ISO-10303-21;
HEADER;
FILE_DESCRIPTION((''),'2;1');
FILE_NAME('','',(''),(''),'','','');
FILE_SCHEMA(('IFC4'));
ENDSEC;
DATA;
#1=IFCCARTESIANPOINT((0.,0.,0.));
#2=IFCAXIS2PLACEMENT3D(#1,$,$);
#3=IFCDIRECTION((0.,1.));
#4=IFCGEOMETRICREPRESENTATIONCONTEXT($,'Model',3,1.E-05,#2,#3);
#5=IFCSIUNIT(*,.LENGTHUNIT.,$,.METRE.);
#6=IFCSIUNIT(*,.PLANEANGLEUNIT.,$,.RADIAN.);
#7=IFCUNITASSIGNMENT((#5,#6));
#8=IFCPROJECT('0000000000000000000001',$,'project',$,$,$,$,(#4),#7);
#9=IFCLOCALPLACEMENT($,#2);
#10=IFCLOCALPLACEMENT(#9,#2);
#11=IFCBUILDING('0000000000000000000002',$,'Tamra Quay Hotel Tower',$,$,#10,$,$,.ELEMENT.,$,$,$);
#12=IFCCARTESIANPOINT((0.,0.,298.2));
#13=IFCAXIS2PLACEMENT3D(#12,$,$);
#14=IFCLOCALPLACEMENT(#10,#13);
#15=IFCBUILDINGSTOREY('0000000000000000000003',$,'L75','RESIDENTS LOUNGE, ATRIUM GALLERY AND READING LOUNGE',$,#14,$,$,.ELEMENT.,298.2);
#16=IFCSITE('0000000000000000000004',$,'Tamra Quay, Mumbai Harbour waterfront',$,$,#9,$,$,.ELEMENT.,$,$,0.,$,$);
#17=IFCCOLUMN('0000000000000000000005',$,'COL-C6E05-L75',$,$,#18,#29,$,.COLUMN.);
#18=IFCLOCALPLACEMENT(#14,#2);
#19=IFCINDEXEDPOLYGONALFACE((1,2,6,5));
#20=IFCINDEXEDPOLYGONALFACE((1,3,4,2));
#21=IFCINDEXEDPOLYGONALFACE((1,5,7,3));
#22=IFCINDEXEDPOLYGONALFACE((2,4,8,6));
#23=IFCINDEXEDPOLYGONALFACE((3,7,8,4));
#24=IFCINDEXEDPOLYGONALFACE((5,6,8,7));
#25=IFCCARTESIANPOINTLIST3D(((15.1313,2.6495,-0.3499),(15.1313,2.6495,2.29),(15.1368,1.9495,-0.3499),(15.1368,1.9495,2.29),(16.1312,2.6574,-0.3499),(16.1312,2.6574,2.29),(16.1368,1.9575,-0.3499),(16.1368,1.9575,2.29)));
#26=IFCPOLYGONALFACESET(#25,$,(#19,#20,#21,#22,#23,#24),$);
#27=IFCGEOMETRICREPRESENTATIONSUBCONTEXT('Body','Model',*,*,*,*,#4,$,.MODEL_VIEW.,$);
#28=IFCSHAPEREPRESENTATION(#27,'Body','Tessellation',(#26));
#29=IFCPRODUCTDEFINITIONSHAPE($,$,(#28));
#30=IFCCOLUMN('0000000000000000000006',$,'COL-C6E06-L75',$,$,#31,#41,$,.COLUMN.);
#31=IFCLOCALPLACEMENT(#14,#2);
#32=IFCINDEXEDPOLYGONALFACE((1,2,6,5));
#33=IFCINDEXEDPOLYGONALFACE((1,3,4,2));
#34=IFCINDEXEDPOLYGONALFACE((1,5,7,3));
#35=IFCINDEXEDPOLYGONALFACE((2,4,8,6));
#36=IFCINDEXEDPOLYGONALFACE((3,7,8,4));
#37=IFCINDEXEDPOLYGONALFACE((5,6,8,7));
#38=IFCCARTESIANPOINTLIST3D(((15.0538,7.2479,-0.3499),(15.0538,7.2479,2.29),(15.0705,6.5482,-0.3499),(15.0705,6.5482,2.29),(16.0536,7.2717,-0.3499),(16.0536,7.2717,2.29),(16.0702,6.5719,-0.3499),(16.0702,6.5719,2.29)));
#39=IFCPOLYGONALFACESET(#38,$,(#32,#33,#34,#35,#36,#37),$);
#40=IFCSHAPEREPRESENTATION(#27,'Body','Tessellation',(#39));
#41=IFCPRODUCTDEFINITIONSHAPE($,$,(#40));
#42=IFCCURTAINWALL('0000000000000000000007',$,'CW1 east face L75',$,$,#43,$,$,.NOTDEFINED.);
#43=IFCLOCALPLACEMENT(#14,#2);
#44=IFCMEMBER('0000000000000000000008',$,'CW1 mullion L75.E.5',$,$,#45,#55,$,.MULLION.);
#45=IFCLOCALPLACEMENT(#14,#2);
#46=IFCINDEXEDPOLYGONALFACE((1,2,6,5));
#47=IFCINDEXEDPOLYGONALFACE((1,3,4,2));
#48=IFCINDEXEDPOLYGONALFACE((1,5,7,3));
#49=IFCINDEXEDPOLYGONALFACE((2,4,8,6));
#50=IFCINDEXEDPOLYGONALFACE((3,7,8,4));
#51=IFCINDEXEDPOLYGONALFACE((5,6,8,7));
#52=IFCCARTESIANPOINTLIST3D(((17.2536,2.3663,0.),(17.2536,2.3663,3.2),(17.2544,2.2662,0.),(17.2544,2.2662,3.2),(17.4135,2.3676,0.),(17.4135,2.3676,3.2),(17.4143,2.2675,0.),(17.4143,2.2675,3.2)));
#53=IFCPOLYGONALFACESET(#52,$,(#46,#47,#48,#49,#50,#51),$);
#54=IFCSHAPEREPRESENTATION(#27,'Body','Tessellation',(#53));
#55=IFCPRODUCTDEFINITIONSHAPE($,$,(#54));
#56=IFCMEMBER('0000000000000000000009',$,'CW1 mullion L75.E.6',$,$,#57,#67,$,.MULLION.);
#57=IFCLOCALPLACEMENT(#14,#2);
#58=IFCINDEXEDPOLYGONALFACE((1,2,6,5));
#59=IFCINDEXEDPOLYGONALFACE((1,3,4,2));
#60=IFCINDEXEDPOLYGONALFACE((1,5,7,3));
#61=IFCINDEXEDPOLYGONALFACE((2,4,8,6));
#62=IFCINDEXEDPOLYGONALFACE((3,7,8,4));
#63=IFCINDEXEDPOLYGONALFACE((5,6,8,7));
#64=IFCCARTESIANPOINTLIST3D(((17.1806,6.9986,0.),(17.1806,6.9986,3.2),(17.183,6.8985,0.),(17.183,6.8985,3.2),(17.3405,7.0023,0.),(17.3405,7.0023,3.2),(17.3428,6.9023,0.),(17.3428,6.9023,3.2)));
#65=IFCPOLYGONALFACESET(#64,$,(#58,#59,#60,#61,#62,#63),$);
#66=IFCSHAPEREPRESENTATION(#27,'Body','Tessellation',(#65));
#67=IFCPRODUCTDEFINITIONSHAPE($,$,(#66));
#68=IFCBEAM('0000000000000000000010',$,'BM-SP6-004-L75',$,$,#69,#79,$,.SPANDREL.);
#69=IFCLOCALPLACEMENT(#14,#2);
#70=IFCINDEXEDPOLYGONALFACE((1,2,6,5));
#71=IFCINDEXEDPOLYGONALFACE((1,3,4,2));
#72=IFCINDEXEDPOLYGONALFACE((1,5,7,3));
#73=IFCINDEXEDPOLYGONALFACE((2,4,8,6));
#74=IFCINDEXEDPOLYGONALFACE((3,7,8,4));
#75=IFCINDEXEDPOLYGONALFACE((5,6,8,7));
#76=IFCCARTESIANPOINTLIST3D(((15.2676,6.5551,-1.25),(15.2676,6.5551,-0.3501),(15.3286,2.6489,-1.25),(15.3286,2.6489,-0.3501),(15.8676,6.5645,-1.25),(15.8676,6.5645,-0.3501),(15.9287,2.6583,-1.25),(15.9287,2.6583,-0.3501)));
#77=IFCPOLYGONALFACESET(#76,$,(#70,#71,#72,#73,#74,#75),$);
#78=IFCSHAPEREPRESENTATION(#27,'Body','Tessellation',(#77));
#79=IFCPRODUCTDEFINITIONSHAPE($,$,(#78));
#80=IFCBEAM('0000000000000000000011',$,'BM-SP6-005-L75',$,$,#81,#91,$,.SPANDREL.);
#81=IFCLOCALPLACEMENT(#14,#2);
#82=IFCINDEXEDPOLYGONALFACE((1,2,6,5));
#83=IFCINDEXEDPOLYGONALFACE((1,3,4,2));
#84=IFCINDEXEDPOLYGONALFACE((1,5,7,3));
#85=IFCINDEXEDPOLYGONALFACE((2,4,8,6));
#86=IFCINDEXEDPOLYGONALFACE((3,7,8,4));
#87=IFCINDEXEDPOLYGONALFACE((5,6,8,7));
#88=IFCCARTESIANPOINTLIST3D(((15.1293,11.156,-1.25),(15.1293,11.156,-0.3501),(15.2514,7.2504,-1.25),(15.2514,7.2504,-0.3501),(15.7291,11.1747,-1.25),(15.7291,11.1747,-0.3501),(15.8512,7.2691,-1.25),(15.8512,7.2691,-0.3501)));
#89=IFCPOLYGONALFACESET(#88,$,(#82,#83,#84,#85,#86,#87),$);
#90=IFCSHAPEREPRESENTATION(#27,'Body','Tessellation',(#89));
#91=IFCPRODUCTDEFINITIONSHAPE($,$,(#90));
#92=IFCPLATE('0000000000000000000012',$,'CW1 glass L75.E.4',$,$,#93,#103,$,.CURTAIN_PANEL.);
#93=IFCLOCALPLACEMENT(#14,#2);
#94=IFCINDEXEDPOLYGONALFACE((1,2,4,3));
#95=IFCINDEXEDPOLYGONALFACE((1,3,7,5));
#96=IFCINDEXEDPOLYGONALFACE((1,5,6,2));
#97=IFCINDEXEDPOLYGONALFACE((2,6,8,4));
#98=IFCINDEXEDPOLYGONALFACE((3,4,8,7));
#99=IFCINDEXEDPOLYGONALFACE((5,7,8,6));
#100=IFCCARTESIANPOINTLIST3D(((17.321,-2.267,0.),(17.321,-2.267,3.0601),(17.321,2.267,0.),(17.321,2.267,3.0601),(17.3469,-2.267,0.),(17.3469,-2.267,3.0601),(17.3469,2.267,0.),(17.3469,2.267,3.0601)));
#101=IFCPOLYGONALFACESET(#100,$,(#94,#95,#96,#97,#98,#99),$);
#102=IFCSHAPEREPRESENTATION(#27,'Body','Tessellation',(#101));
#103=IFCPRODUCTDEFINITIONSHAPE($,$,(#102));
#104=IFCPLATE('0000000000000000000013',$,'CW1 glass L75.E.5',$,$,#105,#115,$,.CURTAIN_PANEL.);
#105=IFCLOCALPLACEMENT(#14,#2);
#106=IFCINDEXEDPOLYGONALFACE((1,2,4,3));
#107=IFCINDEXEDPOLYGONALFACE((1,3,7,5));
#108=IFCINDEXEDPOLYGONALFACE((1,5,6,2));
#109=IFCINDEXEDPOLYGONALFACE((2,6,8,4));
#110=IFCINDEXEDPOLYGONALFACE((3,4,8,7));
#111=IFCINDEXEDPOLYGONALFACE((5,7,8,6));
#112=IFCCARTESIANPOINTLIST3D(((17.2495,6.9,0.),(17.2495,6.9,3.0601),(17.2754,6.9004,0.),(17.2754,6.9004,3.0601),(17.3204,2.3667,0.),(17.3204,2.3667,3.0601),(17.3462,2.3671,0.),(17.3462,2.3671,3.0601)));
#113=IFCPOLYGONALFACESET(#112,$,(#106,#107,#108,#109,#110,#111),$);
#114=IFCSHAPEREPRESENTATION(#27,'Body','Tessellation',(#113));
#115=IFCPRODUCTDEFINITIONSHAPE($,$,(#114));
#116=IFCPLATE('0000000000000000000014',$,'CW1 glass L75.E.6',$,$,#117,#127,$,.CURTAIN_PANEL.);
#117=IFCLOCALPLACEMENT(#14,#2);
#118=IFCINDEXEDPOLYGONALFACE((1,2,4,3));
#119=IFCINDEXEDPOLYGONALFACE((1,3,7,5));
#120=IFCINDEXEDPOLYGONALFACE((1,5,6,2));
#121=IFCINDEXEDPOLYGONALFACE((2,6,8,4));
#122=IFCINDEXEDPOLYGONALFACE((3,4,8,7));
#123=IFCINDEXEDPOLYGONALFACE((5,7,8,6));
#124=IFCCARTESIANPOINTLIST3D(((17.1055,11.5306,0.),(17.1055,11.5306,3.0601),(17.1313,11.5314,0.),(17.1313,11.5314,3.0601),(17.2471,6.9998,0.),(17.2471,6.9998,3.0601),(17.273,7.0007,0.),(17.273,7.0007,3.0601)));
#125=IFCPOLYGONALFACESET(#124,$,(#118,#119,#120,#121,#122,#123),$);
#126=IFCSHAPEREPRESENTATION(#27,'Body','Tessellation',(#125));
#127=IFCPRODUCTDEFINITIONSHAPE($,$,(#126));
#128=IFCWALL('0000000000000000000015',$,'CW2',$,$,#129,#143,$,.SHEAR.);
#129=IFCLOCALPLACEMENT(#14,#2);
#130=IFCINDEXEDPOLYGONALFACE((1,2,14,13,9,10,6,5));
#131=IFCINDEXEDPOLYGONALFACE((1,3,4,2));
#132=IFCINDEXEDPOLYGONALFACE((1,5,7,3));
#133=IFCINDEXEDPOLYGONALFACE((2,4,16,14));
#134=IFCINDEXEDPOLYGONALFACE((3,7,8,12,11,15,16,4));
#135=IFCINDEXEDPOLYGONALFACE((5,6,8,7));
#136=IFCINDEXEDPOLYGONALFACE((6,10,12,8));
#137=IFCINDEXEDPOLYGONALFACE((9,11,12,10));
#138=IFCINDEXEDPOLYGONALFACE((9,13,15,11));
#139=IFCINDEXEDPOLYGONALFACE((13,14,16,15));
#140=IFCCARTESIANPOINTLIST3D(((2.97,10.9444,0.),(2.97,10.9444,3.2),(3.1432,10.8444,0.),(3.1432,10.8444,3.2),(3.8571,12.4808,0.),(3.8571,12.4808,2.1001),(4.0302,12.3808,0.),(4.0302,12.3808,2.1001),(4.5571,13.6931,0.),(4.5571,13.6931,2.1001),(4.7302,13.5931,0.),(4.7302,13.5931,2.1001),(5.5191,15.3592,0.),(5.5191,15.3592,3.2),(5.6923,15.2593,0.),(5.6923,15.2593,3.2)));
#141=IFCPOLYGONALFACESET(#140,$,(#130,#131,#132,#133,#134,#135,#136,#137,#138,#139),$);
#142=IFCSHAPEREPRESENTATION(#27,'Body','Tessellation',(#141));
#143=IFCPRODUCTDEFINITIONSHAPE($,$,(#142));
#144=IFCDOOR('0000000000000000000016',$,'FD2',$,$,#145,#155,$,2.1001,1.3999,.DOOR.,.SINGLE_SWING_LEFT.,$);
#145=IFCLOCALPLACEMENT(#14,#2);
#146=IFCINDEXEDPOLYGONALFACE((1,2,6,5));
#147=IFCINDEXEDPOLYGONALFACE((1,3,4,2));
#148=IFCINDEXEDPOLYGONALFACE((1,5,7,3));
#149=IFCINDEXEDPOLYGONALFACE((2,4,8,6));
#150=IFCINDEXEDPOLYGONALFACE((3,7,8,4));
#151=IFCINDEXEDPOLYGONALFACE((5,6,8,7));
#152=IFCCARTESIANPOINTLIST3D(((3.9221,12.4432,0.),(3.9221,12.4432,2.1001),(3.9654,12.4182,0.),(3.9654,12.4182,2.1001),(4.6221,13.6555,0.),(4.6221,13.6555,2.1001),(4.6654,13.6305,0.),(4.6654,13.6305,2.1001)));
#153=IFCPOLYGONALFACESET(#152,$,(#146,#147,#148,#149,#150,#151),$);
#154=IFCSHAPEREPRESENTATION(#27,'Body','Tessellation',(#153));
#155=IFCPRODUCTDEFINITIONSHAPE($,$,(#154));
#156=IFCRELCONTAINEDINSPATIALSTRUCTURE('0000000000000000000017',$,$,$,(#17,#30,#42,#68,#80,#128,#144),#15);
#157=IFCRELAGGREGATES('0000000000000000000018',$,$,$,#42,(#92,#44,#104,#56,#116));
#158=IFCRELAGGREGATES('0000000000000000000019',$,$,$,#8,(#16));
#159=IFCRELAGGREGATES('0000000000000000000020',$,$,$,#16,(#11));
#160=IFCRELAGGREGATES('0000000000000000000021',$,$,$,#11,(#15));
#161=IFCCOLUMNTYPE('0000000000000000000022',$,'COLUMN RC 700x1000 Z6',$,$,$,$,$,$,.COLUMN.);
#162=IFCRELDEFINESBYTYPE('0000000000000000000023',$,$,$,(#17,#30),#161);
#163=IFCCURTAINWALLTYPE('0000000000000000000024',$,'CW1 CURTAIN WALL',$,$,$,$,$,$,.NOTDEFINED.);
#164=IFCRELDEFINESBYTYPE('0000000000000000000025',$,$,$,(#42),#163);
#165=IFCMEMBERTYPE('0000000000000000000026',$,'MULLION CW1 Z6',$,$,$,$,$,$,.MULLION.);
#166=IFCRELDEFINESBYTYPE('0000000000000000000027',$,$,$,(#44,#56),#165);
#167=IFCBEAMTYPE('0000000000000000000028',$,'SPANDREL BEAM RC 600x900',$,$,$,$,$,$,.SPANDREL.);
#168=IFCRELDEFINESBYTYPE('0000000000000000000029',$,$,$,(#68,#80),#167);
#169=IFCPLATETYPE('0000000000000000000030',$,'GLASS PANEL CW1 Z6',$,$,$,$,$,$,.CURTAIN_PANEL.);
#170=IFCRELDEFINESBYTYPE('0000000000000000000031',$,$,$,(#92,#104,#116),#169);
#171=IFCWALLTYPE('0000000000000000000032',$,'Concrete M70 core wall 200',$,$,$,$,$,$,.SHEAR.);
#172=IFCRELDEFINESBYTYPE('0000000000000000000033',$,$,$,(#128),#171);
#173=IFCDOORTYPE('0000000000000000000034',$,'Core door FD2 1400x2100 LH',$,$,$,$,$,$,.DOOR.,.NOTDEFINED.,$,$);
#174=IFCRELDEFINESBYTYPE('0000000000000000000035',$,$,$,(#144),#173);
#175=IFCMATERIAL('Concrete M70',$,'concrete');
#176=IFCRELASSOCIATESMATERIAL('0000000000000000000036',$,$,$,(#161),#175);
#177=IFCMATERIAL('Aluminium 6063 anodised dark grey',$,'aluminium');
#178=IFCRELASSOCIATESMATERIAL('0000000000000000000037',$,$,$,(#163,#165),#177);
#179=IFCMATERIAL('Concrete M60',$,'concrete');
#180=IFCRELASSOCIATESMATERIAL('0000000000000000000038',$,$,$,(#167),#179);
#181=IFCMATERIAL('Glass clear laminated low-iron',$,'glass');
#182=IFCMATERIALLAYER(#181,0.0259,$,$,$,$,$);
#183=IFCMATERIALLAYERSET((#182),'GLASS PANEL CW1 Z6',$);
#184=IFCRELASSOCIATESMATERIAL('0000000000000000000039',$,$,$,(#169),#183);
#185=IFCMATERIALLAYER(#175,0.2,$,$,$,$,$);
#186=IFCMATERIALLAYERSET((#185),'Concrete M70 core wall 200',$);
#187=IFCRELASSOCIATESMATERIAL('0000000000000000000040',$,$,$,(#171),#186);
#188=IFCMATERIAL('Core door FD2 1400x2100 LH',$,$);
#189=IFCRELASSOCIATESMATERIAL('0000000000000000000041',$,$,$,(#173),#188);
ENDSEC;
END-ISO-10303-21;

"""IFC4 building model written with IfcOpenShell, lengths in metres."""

from ifc_helpers import new_model, si_unit, direction, frame, frame_2d, origin, origin_2d, place, context, subcontext, project, spatial, rectangle, extrude, material, layer, layer_set, material_profile, profile_set, type_object, element, fill, aggregate, save


model = new_model("IFC4")

# Units and contexts
model_context = context("Model", 3, precision=1e-05, world=origin(), true_north=direction((0.0, 1.0)))
body_context = subcontext(model_context, "Body", "Model", "MODEL_VIEW")
ifc_project = project(units=[si_unit("LENGTHUNIT", "METRE"), si_unit("PLANEANGLEUNIT", "RADIAN")], contexts=[model_context])

# Site, building, storey
site_placement = place(None, origin())
site = spatial("IfcSite", under=ifc_project, at=site_placement, Name="Tamra Quay, Mumbai Harbour waterfront", CompositionType="ELEMENT", RefElevation=0.0)
building_placement = place(site_placement, origin())
building = spatial("IfcBuilding", under=site, at=building_placement, Name="Tamra Quay Hotel Tower", CompositionType="ELEMENT")
storey_placement = place(building_placement, frame((0.0, 0.0, 298.2)))
storey = spatial("IfcBuildingStorey", under=building, at=storey_placement, Name="L75", Description="RESIDENTS LOUNGE, ATRIUM GALLERY AND READING LOUNGE", CompositionType="ELEMENT", Elevation=298.2)

# Columns
ifc_material_1 = material(Name="Concrete M70", Category="concrete")
ifc_material_profile_1 = material_profile(ifc_material_1, rectangle(XDim=1.0, YDim=0.7, at=origin_2d()), Name="COLUMN RC 700x1000 Z6")
ifc_profile_set_1 = profile_set([ifc_material_profile_1], Name="Concrete M70")
column_type = type_object("IfcColumnType", Name="COLUMN RC 700x1000 Z6", PredefinedType="COLUMN", material=ifc_profile_set_1)
for number, where, z_axis, x_axis, name in (
    (1, (15.634, 2.3035, -0.3499), (0.0, 0.0, 1.0), (0.999969, 0.00792, 0.0), "COL-C6E05-L75"),
    (2, (15.562, 6.9099, -0.3499), (0.0, 0.0, 1.0), (0.999718, 0.023753, 0.0), "COL-C6E06-L75"),
):
    element("IfcColumn", number, at=place(storey_placement, frame(where, z_axis=z_axis, x_axis=x_axis)), inside=storey, type_object=column_type, Name=name, PredefinedType="COLUMN", context=body_context, shape_type="SweptSolid", body=[
        extrude(rectangle(XDim=1.0, YDim=0.7, at=origin_2d()), origin(), (0.0, 0.0, 1.0), 2.6399),
    ])

# Curtain wall, members
ifc_material_2 = material(Name="Aluminium 6063 anodised dark grey", Category="aluminium")
curtain_wall_type = type_object("IfcCurtainWallType", Name="CW1 CURTAIN WALL", PredefinedType="NOTDEFINED", material=ifc_material_2)
curtain_wall_placement = place(storey_placement, origin())
curtain_wall = element("IfcCurtainWall", 3, at=curtain_wall_placement, inside=storey, type_object=curtain_wall_type, Name="CW1 east face L75", PredefinedType="NOTDEFINED")
ifc_material_profile_2 = material_profile(ifc_material_2, rectangle(XDim=0.1599, YDim=0.1001, at=origin_2d()), Name="MULLION 100X160")
ifc_profile_set_2 = profile_set([ifc_material_profile_2], Name="Aluminium 6063 anodised dark grey")
member_type = type_object("IfcMemberType", Name="MULLION CW1 Z6", PredefinedType="MULLION", material=ifc_profile_set_2)
member_1_placement = place(storey_placement, frame((17.334, 2.3169, 0.0), z_axis=(0.0, 0.0, 1.0), x_axis=(0.999969, 0.007816, 0.0)))
member_1 = element("IfcMember", 4, at=member_1_placement, type_object=member_type, Name="CW1 mullion L75.E.5", PredefinedType="MULLION", context=body_context, shape_type="SweptSolid", body=[
    extrude(rectangle(XDim=0.1599, YDim=0.1001, at=origin_2d()), origin(), (0.0, 0.0, 1.0), 3.2),
])
member_2_placement = place(storey_placement, frame((17.2617, 6.9504, 0.0), z_axis=(0.0, 0.0, 1.0), x_axis=(0.999725, 0.023438, 0.0)))
member_2 = element("IfcMember", 5, at=member_2_placement, type_object=member_type, Name="CW1 mullion L75.E.6", PredefinedType="MULLION", context=body_context, shape_type="SweptSolid", body=[
    extrude(rectangle(XDim=0.1599, YDim=0.1001, at=origin_2d()), origin(), (0.0, 0.0, 1.0), 3.2),
])

# Beams
ifc_material_3 = material(Name="Concrete M60", Category="concrete")
ifc_material_profile_3 = material_profile(ifc_material_3, rectangle(XDim=0.6001, YDim=0.8999, at=origin_2d()), Name="SPANDREL BEAM RC 600x900")
ifc_profile_set_3 = profile_set([ifc_material_profile_3], Name="Concrete M60")
beam_type = type_object("IfcBeamType", Name="SPANDREL BEAM RC 600x900", PredefinedType="SPANDREL", material=ifc_profile_set_3)
beam_1_placement = place(storey_placement, frame((15.6287, 2.6536, -0.8), z_axis=(-0.015623, 0.999878, 0.0), x_axis=(-0.999878, -0.015623, 0.0)))
element("IfcBeam", 6, at=beam_1_placement, inside=storey, type_object=beam_type, Name="BM-SP6-004-L75", PredefinedType="SPANDREL", context=body_context, shape_type="SweptSolid", body=[
    extrude(rectangle(XDim=0.6001, YDim=0.8999, at=origin_2d()), origin(), (0.0, 0.0, 1.0), 3.9067),
])
beam_2_placement = place(storey_placement, frame((15.5513, 7.2598, -0.8), z_axis=(-0.031241, 0.999512, 0.0), x_axis=(-0.999512, -0.031241, 0.0)))
element("IfcBeam", 7, at=beam_2_placement, inside=storey, type_object=beam_type, Name="BM-SP6-005-L75", PredefinedType="SPANDREL", context=body_context, shape_type="SweptSolid", body=[
    extrude(rectangle(XDim=0.6001, YDim=0.8999, at=origin_2d()), origin(), (0.0, 0.0, 1.0), 3.9075),
])

# Plates
ifc_material_4 = material(Name="Glass clear laminated low-iron", Category="glass")
ifc_layer_1 = layer(ifc_material_4, 0.0259)
ifc_layer_set_1 = layer_set([ifc_layer_1], Name="GLASS PANEL CW1 Z6")
plate_type = type_object("IfcPlateType", Name="GLASS PANEL CW1 Z6", PredefinedType="CURTAIN_PANEL", material=ifc_layer_set_1)
plate_1_placement = place(storey_placement, frame((17.334, 0.0, 0.0), z_axis=(0.0, 0.0, 1.0), x_axis=(0.0, 1.0, 0.0)))
plate_1 = element("IfcPlate", 8, at=plate_1_placement, type_object=plate_type, Name="CW1 glass L75.E.4", PredefinedType="CURTAIN_PANEL", context=body_context, shape_type="SweptSolid", body=[
    extrude(rectangle(XDim=4.5339, YDim=0.0259, at=origin_2d()), origin(), (0.0, 0.0, 1.0), 3.0601),
])
plate_2_placement = place(storey_placement, frame((17.2979, 4.6335, 0.0), z_axis=(0.0, 0.0, 1.0), x_axis=(-0.015632, 0.999878, 0.0)))
plate_2 = element("IfcPlate", 9, at=plate_2_placement, type_object=plate_type, Name="CW1 glass L75.E.5", PredefinedType="CURTAIN_PANEL", context=body_context, shape_type="SweptSolid", body=[
    extrude(rectangle(XDim=4.5339, YDim=0.0259, at=origin_2d()), origin(), (0.0, 0.0, 1.0), 3.0601),
])
plate_3_placement = place(storey_placement, frame((17.1892, 9.2656, 0.0), z_axis=(0.0, 0.0, 1.0), x_axis=(-0.031242, 0.999512, 0.0)))
plate_3 = element("IfcPlate", 10, at=plate_3_placement, type_object=plate_type, Name="CW1 glass L75.E.6", PredefinedType="CURTAIN_PANEL", context=body_context, shape_type="SweptSolid", body=[
    extrude(rectangle(XDim=4.533, YDim=0.0259, at=origin_2d()), origin(), (0.0, 0.0, 1.0), 3.0601),
])
aggregate(curtain_wall, [plate_1, member_1, plate_2, member_2, plate_3])

# Wall, opening, door
ifc_layer_2 = layer(ifc_material_1, 0.2)
ifc_layer_set_2 = layer_set([ifc_layer_2], Name="Concrete M70 core wall 200")
wall_type_1 = type_object("IfcWallType", Name="Concrete M70 core wall 200", PredefinedType="SHEAR", material=ifc_layer_set_2)
wall_1_placement = place(storey_placement, frame((3.0566, 10.8945, 0.0), z_axis=(0.0, 0.0, 1.0), x_axis=(0.500028, 0.866009, 0.0)))
wall_1 = element("IfcWall", 11, at=wall_1_placement, inside=storey, type_object=wall_type_1, Name="CW2", PredefinedType="SHEAR", context=body_context, shape_type="SweptSolid", body=[
    extrude(rectangle(XDim=5.0979, YDim=0.2, at=frame_2d((2.5488, 0.0))), origin(), (0.0, 0.0, 1.0), 3.2),
])
opening_1_placement = place(wall_1_placement, frame((1.7739, 0.0, 0.0)))
opening_1 = element("IfcOpeningElement", 12, at=opening_1_placement, cuts=wall_1, PredefinedType="OPENING", context=body_context, shape_type="SweptSolid", body=[
    extrude(rectangle(XDim=1.3999, YDim=2.1001, at=frame_2d((0.7, 1.05))), frame((0.0, 0.1099, 0.0), z_axis=(0.0, -1.0, 0.0), x_axis=(1.0, 0.0, 0.0)), (0.0, 0.0, 1.0), 0.22),
])
ifc_material_5 = material(Name="Core door FD2 1400x2100 LH")
door_type_1 = type_object("IfcDoorType", Name="Core door FD2 1400x2100 LH", OperationType="NOTDEFINED", PredefinedType="DOOR", material=ifc_material_5)
door_1_placement = place(opening_1_placement, origin())
door_1 = element("IfcDoor", 13, at=door_1_placement, inside=storey, type_object=door_type_1, Name="FD2", OperationType="SINGLE_SWING_LEFT", OverallHeight=2.1001, OverallWidth=1.3999, PredefinedType="DOOR", context=body_context, shape_type="SweptSolid", body=[
    extrude(rectangle(XDim=1.3999, YDim=2.1001, at=frame_2d((0.7, 1.05))), frame((0.0, 0.0249, 0.0), z_axis=(0.0, -1.0, 0.0), x_axis=(1.0, 0.0, 0.0)), (0.0, 0.0, 1.0), 0.05),
])
fill(opening_1, door_1)

save(model, "model.ifc")
